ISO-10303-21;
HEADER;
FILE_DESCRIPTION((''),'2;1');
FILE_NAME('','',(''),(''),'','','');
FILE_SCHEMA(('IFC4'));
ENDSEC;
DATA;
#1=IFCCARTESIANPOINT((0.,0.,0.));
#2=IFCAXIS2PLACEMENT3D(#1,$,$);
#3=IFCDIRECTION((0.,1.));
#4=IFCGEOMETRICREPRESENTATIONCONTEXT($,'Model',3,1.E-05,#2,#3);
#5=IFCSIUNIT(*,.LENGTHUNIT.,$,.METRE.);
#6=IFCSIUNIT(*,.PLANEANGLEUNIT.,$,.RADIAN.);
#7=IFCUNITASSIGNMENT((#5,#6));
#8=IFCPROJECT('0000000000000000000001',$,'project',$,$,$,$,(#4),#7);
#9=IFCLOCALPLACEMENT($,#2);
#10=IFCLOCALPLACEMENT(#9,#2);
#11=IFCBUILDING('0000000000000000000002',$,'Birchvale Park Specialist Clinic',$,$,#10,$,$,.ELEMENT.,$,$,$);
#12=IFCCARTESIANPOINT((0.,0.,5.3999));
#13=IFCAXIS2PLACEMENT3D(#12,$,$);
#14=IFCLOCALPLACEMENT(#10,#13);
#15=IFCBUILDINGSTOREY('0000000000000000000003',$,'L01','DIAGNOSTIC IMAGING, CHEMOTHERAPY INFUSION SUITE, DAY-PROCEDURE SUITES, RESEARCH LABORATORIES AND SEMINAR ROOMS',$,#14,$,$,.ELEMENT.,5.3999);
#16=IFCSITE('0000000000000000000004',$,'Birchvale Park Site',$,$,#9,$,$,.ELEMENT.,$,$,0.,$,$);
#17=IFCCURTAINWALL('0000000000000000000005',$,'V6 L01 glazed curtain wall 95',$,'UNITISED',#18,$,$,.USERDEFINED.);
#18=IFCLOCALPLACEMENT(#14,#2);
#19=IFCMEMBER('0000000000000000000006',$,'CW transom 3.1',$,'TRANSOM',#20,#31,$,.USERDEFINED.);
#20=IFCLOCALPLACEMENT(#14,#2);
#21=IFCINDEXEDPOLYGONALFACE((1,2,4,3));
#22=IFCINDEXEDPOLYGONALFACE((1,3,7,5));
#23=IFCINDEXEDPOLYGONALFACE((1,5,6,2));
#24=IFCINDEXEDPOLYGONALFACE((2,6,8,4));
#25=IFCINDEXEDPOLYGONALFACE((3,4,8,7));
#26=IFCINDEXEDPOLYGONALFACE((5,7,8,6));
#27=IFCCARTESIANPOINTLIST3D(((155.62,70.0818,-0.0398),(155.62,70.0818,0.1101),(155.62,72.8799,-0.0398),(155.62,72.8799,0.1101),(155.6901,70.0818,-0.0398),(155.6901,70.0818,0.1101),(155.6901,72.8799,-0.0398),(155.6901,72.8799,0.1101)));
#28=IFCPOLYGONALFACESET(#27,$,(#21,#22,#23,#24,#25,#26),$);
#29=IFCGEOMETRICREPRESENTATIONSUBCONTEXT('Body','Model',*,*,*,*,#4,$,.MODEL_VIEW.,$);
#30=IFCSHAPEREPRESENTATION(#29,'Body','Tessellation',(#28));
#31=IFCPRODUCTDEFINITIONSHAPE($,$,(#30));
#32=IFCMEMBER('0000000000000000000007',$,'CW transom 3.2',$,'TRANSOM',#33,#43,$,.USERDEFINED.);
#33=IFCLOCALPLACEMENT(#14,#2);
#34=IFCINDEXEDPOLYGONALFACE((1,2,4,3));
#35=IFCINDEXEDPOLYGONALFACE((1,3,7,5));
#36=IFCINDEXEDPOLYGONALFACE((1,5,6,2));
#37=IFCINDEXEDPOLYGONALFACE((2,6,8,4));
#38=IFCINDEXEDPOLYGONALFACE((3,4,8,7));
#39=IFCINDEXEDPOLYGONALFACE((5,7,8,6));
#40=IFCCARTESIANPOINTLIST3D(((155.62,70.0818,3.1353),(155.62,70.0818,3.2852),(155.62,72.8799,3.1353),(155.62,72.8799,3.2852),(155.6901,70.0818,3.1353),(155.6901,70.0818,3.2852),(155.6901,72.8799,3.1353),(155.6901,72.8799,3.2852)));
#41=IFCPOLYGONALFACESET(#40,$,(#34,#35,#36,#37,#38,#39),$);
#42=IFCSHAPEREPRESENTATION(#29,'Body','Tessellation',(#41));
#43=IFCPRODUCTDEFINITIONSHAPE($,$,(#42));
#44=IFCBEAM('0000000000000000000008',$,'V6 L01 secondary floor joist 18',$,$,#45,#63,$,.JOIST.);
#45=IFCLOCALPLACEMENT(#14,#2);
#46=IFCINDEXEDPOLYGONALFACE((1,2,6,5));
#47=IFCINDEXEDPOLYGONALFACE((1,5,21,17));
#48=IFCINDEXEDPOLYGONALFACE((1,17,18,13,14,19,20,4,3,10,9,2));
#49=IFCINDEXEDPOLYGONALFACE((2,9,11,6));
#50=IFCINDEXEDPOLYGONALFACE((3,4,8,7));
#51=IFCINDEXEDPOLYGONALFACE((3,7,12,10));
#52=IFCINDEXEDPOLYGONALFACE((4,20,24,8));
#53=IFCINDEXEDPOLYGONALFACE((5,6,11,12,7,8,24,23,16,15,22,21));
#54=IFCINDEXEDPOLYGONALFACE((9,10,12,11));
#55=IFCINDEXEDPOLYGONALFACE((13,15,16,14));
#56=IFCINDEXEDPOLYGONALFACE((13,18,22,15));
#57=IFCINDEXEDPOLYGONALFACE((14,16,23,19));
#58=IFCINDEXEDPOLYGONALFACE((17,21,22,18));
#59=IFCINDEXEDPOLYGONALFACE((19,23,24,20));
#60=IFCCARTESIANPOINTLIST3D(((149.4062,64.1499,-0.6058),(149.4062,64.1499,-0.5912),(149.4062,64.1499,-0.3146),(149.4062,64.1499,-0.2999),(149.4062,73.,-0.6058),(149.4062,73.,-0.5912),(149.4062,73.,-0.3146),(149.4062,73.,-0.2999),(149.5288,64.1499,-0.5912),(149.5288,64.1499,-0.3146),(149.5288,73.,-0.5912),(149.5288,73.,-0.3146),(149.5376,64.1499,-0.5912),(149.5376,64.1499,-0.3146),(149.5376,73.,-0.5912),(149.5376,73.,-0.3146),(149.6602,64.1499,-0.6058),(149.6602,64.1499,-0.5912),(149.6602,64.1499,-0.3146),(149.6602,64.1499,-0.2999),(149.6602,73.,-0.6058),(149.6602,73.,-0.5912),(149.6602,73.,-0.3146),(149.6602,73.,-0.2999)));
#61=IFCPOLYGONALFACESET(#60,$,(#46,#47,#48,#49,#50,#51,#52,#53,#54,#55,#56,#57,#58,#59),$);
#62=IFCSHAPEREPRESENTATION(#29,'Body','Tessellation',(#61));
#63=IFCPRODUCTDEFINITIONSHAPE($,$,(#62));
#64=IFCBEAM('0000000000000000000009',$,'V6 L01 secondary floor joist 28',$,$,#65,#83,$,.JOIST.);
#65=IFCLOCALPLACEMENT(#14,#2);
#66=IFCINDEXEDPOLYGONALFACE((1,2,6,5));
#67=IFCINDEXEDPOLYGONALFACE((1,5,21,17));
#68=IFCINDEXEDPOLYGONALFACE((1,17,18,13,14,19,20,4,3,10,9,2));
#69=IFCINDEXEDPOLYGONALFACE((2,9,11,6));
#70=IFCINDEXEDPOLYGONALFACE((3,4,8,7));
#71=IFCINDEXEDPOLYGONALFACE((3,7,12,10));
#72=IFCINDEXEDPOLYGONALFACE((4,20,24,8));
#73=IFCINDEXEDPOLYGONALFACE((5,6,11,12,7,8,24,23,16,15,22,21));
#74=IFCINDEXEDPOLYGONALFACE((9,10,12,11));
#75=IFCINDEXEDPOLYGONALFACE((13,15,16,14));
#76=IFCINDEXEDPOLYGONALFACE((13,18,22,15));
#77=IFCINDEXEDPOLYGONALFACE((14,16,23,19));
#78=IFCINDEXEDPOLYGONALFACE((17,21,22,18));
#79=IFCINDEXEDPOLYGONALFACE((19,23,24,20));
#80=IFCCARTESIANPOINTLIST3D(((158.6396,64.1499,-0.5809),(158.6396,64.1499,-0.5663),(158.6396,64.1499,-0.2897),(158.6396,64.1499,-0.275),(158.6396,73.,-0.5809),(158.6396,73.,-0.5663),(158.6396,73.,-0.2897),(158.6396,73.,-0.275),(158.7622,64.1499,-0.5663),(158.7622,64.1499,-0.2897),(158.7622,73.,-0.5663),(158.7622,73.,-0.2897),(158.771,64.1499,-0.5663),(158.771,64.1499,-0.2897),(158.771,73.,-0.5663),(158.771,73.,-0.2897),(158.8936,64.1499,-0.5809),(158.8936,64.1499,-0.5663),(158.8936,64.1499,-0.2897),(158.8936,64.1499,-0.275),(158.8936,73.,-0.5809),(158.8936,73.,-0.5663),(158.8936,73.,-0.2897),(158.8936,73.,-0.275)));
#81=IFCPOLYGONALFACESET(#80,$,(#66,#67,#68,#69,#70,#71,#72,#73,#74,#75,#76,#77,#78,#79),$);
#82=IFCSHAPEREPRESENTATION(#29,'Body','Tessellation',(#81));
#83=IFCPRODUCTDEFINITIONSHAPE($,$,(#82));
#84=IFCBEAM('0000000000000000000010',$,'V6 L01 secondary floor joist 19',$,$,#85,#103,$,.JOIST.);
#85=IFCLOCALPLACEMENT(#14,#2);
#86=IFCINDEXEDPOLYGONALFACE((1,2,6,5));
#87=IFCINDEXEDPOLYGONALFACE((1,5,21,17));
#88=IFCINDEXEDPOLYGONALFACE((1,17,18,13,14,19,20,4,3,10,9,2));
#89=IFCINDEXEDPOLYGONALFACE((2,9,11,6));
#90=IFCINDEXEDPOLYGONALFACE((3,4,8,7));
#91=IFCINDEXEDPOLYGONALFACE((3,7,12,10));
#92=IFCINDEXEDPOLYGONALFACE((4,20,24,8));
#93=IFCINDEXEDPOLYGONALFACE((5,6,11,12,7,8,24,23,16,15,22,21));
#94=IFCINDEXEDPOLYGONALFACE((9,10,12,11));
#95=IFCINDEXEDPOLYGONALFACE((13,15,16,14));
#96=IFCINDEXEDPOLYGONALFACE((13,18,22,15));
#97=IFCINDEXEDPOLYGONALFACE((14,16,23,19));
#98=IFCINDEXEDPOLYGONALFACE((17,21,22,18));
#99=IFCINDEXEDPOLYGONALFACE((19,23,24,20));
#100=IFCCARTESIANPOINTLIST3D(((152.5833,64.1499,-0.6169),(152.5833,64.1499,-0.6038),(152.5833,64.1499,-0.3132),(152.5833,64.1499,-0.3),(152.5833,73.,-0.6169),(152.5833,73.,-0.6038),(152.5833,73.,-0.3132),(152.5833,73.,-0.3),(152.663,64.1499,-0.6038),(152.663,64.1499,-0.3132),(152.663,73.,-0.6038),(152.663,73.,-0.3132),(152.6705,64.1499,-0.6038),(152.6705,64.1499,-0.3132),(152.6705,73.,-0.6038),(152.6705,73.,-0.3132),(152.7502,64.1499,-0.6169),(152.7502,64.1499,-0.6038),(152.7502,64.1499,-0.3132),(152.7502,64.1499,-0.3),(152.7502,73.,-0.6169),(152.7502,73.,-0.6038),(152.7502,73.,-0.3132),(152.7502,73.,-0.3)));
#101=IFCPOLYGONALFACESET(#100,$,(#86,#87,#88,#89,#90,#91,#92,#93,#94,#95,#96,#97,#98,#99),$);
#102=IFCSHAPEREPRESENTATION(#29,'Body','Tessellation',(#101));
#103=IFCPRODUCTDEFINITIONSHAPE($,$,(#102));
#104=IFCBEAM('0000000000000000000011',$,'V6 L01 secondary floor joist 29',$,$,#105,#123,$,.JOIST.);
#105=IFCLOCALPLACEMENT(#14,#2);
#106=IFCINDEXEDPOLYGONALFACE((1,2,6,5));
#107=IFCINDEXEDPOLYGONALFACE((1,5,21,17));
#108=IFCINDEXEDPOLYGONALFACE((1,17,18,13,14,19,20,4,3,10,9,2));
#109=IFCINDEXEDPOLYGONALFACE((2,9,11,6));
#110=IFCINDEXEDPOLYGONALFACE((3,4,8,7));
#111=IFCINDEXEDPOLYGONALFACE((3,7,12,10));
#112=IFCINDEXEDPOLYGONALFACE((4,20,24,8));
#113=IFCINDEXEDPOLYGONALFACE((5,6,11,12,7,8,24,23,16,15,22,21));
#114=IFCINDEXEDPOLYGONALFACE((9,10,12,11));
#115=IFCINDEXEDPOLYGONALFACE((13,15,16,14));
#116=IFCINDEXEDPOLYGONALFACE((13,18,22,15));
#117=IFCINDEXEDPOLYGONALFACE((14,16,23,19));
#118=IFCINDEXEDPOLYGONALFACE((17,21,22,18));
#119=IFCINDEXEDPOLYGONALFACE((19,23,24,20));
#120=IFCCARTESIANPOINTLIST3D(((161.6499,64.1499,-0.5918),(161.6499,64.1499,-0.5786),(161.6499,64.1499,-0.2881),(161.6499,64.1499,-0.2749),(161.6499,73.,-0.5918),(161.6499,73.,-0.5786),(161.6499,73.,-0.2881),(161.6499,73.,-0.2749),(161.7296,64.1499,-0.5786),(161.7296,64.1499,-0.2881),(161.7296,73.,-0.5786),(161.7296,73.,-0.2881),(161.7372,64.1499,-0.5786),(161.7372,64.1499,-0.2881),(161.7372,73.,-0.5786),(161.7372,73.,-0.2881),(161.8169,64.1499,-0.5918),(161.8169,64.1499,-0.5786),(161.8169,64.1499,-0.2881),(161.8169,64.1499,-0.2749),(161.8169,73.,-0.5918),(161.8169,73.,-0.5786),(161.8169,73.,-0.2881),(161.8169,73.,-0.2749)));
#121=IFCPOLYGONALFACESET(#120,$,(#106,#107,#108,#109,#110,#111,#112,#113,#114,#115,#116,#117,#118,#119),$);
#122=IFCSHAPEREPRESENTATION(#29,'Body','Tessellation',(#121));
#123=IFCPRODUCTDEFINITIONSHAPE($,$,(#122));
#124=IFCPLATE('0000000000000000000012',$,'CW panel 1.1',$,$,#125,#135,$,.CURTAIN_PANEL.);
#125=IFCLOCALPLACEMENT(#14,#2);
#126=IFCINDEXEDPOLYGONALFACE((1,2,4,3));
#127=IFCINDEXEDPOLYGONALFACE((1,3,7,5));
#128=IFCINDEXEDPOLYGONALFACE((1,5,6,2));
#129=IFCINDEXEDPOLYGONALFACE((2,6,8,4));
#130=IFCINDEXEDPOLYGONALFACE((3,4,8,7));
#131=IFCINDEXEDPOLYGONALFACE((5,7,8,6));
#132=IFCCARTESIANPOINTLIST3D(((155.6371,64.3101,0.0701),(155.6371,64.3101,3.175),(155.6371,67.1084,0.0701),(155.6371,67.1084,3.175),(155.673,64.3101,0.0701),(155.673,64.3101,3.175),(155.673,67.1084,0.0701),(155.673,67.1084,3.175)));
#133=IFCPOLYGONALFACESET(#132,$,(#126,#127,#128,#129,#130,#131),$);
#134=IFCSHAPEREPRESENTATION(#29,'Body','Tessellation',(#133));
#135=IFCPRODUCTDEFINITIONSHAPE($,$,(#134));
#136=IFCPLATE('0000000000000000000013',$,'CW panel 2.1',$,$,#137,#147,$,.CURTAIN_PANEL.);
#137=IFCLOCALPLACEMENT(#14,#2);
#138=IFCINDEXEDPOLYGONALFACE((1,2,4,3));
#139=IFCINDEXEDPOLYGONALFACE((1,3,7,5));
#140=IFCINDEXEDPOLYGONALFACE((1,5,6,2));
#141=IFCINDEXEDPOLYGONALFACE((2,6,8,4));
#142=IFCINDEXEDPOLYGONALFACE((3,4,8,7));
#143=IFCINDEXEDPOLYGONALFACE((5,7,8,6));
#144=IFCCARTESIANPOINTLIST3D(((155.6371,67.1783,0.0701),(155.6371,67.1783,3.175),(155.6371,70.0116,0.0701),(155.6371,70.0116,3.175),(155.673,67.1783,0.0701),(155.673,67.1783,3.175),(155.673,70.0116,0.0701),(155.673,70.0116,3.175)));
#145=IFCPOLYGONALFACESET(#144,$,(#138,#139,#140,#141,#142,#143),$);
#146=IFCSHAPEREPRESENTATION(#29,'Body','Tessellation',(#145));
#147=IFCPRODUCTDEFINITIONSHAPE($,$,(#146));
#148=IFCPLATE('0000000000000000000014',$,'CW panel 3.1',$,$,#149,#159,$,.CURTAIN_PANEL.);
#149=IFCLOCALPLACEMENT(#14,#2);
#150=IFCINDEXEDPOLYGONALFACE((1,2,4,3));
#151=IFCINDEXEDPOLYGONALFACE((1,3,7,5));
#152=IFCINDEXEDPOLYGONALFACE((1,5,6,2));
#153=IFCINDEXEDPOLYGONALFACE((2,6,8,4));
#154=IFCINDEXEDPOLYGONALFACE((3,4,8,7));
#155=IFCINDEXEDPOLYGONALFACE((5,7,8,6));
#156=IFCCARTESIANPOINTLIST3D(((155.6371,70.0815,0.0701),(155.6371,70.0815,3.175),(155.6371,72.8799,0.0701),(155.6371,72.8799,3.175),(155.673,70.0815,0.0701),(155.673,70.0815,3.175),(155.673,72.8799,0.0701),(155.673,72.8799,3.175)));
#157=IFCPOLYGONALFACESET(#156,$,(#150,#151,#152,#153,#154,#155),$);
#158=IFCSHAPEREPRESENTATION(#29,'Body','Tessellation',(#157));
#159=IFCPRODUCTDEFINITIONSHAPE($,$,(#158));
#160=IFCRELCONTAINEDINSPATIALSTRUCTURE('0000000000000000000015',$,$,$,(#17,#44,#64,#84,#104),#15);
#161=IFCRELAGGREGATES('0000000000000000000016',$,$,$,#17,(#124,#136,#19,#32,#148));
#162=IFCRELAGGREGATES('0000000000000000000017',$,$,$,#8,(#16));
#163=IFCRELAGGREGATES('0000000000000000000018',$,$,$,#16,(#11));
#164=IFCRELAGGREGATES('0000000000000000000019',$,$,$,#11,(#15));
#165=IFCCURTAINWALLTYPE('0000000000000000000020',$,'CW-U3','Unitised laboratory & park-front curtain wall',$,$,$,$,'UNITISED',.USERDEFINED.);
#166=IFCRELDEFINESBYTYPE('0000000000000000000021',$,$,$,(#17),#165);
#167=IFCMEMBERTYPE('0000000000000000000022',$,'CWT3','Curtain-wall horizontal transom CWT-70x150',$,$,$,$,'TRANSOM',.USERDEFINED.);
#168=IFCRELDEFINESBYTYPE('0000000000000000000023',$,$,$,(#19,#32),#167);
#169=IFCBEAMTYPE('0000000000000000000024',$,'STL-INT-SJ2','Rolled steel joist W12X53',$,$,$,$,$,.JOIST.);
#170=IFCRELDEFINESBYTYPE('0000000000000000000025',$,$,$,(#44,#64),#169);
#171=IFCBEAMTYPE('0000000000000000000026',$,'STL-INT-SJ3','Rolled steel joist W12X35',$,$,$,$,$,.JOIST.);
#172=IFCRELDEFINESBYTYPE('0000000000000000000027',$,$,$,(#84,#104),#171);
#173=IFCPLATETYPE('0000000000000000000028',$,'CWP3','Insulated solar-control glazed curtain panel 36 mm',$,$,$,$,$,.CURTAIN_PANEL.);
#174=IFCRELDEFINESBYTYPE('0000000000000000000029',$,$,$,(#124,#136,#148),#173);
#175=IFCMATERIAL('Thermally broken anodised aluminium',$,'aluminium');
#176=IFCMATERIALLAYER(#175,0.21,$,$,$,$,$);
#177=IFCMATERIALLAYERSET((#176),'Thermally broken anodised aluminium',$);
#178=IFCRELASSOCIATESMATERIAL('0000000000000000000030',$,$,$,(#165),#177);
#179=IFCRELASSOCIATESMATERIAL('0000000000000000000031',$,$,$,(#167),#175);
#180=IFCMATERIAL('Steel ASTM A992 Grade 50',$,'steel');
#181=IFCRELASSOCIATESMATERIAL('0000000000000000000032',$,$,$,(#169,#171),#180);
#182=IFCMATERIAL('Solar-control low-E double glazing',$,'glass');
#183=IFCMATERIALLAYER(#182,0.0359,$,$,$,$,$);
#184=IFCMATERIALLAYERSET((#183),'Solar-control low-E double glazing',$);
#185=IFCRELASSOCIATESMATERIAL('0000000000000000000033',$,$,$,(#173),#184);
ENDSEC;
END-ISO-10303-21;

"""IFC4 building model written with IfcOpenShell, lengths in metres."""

from ifc_helpers import new_model, si_unit, direction, frame, origin, origin_2d, place, context, subcontext, project, spatial, rectangle, i_section, extrude, material, layer, layer_set, material_profile, profile_set, type_object, element, aggregate, save


model = new_model("IFC4")

# Units and contexts
model_context = context("Model", 3, precision=1e-05, world=origin(), true_north=direction((0.0, 1.0)))
body_context = subcontext(model_context, "Body", "Model", "MODEL_VIEW")
ifc_project = project(units=[si_unit("LENGTHUNIT", "METRE"), si_unit("PLANEANGLEUNIT", "RADIAN")], contexts=[model_context])

# Site, building, storey
site_placement = place(None, origin())
site = spatial("IfcSite", under=ifc_project, at=site_placement, Name="Birchvale Park Site", CompositionType="ELEMENT", RefElevation=0.0)
building_placement = place(site_placement, origin())
building = spatial("IfcBuilding", under=site, at=building_placement, Name="Birchvale Park Specialist Clinic", CompositionType="ELEMENT")
storey_placement = place(building_placement, frame((0.0, 0.0, 5.3999)))
storey = spatial("IfcBuildingStorey", under=building, at=storey_placement, Name="L01", Description="DIAGNOSTIC IMAGING, CHEMOTHERAPY INFUSION SUITE, DAY-PROCEDURE SUITES, RESEARCH LABORATORIES AND SEMINAR ROOMS", CompositionType="ELEMENT", Elevation=5.3999)

# Curtain wall, members
ifc_material_1 = material(Name="Thermally broken anodised aluminium", Category="aluminium")
ifc_layer_1 = layer(ifc_material_1, 0.21)
ifc_layer_set_1 = layer_set([ifc_layer_1], Name="Thermally broken anodised aluminium")
curtain_wall_type = type_object("IfcCurtainWallType", Name="CW-U3", Description="Unitised laboratory & park-front curtain wall", ElementType="UNITISED", PredefinedType="USERDEFINED", material=ifc_layer_set_1)
curtain_wall_placement = place(storey_placement, origin())
curtain_wall = element("IfcCurtainWall", 1, at=curtain_wall_placement, inside=storey, type_object=curtain_wall_type, Name="V6 L01 glazed curtain wall 95", ObjectType="UNITISED", PredefinedType="USERDEFINED")
ifc_material_profile_1 = material_profile(ifc_material_1, rectangle(XDim=0.0701, YDim=0.1499, at=origin_2d()), Name="CWT-70x150")
ifc_profile_set_1 = profile_set([ifc_material_profile_1], Name="Thermally broken anodised aluminium")
member_type_1 = type_object("IfcMemberType", Name="CWT3", Description="Curtain-wall horizontal transom CWT-70x150", ElementType="TRANSOM", PredefinedType="USERDEFINED", material=ifc_profile_set_1)
member_1_placement = place(storey_placement, frame((155.655, 70.0818, 0.0352), z_axis=(0.0, 1.0, 0.0), x_axis=(-1.0, 0.0, 0.0)))
member_1 = element("IfcMember", 2, at=member_1_placement, type_object=member_type_1, Name="CW transom 3.1", ObjectType="TRANSOM", PredefinedType="USERDEFINED", context=body_context, shape_type="SweptSolid", body=[
    extrude(rectangle(XDim=0.0701, YDim=0.1499, at=origin_2d()), origin(), (0.0, 0.0, 1.0), 2.7981),
])
member_2_placement = place(storey_placement, frame((155.655, 70.0818, 3.2102), z_axis=(0.0, 1.0, 0.0), x_axis=(-1.0, 0.0, 0.0)))
member_2 = element("IfcMember", 3, at=member_2_placement, type_object=member_type_1, Name="CW transom 3.2", ObjectType="TRANSOM", PredefinedType="USERDEFINED", context=body_context, shape_type="SweptSolid", body=[
    extrude(rectangle(XDim=0.0701, YDim=0.1499, at=origin_2d()), origin(), (0.0, 0.0, 1.0), 2.7981),
])

# Beams
ifc_material_2 = material(Name="Steel ASTM A992 Grade 50", Category="steel")
ifc_material_profile_2 = material_profile(ifc_material_2, i_section(OverallWidth=0.2539, OverallDepth=0.3059, WebThickness=0.0088, FlangeThickness=0.0146, at=origin_2d()), Name="W12X53")
ifc_profile_set_2 = profile_set([ifc_material_profile_2], Name="Steel ASTM A992 Grade 50")
beam_type_1 = type_object("IfcBeamType", Name="STL-INT-SJ2", Description="Rolled steel joist W12X53", PredefinedType="JOIST", material=ifc_profile_set_2)
for number, where, z_axis, x_axis, name in (
    (4, (149.5332, 64.1499, -0.4529), (0.0, 1.0, 0.0), (-1.0, 0.0, 0.0), "V6 L01 secondary floor joist 18"),
    (5, (158.7666, 64.1499, -0.428), (0.0, 1.0, 0.0), (-1.0, 0.0, 0.0), "V6 L01 secondary floor joist 28"),
):
    element("IfcBeam", number, at=place(storey_placement, frame(where, z_axis=z_axis, x_axis=x_axis)), inside=storey, type_object=beam_type_1, Name=name, PredefinedType="JOIST", context=body_context, shape_type="SweptSolid", body=[
        extrude(i_section(OverallWidth=0.2539, OverallDepth=0.3059, WebThickness=0.0088, FlangeThickness=0.0146, at=origin_2d()), origin(), (0.0, 0.0, 1.0), 8.8501),
    ])
ifc_material_profile_3 = material_profile(ifc_material_2, i_section(OverallWidth=0.167, OverallDepth=0.3169, WebThickness=0.0076, FlangeThickness=0.0132, at=origin_2d()), Name="W12X35")
ifc_profile_set_3 = profile_set([ifc_material_profile_3], Name="Steel ASTM A992 Grade 50")
beam_type_2 = type_object("IfcBeamType", Name="STL-INT-SJ3", Description="Rolled steel joist W12X35", PredefinedType="JOIST", material=ifc_profile_set_3)
for number, where, z_axis, x_axis, name in (
    (6, (152.6667, 64.1499, -0.4585), (0.0, 1.0, 0.0), (-1.0, 0.0, 0.0), "V6 L01 secondary floor joist 19"),
    (7, (161.7334, 64.1499, -0.4333), (0.0, 1.0, 0.0), (-1.0, 0.0, 0.0), "V6 L01 secondary floor joist 29"),
):
    element("IfcBeam", number, at=place(storey_placement, frame(where, z_axis=z_axis, x_axis=x_axis)), inside=storey, type_object=beam_type_2, Name=name, PredefinedType="JOIST", context=body_context, shape_type="SweptSolid", body=[
        extrude(i_section(OverallWidth=0.167, OverallDepth=0.3169, WebThickness=0.0076, FlangeThickness=0.0132, at=origin_2d()), origin(), (0.0, 0.0, 1.0), 8.8501),
    ])

# Plates
ifc_material_3 = material(Name="Solar-control low-E double glazing", Category="glass")
ifc_layer_2 = layer(ifc_material_3, 0.0359)
ifc_layer_set_2 = layer_set([ifc_layer_2], Name="Solar-control low-E double glazing")
plate_type = type_object("IfcPlateType", Name="CWP3", Description="Insulated solar-control glazed curtain panel 36 mm", PredefinedType="CURTAIN_PANEL", material=ifc_layer_set_2)
plate_1_placement = place(storey_placement, frame((155.655, 65.7092, 0.0701), z_axis=(0.0, 0.0, 1.0), x_axis=(0.0, 1.0, 0.0)))
plate_1 = element("IfcPlate", 8, at=plate_1_placement, type_object=plate_type, Name="CW panel 1.1", PredefinedType="CURTAIN_PANEL", context=body_context, shape_type="SweptSolid", body=[
    extrude(rectangle(XDim=2.7983, YDim=0.0359, at=origin_2d()), origin(), (0.0, 0.0, 1.0), 3.105),
])
plate_2_placement = place(storey_placement, frame((155.655, 68.595, 0.0701), z_axis=(0.0, 0.0, 1.0), x_axis=(0.0, 1.0, 0.0)))
plate_2 = element("IfcPlate", 9, at=plate_2_placement, type_object=plate_type, Name="CW panel 2.1", PredefinedType="CURTAIN_PANEL", context=body_context, shape_type="SweptSolid", body=[
    extrude(rectangle(XDim=2.8333, YDim=0.0359, at=origin_2d()), origin(), (0.0, 0.0, 1.0), 3.105),
])
plate_3_placement = place(storey_placement, frame((155.655, 71.4807, 0.0701), z_axis=(0.0, 0.0, 1.0), x_axis=(0.0, 1.0, 0.0)))
plate_3 = element("IfcPlate", 10, at=plate_3_placement, type_object=plate_type, Name="CW panel 3.1", PredefinedType="CURTAIN_PANEL", context=body_context, shape_type="SweptSolid", body=[
    extrude(rectangle(XDim=2.7983, YDim=0.0359, at=origin_2d()), origin(), (0.0, 0.0, 1.0), 3.105),
])
aggregate(curtain_wall, [plate_1, plate_2, member_1, member_2, plate_3])

save(model, "model.ifc")
